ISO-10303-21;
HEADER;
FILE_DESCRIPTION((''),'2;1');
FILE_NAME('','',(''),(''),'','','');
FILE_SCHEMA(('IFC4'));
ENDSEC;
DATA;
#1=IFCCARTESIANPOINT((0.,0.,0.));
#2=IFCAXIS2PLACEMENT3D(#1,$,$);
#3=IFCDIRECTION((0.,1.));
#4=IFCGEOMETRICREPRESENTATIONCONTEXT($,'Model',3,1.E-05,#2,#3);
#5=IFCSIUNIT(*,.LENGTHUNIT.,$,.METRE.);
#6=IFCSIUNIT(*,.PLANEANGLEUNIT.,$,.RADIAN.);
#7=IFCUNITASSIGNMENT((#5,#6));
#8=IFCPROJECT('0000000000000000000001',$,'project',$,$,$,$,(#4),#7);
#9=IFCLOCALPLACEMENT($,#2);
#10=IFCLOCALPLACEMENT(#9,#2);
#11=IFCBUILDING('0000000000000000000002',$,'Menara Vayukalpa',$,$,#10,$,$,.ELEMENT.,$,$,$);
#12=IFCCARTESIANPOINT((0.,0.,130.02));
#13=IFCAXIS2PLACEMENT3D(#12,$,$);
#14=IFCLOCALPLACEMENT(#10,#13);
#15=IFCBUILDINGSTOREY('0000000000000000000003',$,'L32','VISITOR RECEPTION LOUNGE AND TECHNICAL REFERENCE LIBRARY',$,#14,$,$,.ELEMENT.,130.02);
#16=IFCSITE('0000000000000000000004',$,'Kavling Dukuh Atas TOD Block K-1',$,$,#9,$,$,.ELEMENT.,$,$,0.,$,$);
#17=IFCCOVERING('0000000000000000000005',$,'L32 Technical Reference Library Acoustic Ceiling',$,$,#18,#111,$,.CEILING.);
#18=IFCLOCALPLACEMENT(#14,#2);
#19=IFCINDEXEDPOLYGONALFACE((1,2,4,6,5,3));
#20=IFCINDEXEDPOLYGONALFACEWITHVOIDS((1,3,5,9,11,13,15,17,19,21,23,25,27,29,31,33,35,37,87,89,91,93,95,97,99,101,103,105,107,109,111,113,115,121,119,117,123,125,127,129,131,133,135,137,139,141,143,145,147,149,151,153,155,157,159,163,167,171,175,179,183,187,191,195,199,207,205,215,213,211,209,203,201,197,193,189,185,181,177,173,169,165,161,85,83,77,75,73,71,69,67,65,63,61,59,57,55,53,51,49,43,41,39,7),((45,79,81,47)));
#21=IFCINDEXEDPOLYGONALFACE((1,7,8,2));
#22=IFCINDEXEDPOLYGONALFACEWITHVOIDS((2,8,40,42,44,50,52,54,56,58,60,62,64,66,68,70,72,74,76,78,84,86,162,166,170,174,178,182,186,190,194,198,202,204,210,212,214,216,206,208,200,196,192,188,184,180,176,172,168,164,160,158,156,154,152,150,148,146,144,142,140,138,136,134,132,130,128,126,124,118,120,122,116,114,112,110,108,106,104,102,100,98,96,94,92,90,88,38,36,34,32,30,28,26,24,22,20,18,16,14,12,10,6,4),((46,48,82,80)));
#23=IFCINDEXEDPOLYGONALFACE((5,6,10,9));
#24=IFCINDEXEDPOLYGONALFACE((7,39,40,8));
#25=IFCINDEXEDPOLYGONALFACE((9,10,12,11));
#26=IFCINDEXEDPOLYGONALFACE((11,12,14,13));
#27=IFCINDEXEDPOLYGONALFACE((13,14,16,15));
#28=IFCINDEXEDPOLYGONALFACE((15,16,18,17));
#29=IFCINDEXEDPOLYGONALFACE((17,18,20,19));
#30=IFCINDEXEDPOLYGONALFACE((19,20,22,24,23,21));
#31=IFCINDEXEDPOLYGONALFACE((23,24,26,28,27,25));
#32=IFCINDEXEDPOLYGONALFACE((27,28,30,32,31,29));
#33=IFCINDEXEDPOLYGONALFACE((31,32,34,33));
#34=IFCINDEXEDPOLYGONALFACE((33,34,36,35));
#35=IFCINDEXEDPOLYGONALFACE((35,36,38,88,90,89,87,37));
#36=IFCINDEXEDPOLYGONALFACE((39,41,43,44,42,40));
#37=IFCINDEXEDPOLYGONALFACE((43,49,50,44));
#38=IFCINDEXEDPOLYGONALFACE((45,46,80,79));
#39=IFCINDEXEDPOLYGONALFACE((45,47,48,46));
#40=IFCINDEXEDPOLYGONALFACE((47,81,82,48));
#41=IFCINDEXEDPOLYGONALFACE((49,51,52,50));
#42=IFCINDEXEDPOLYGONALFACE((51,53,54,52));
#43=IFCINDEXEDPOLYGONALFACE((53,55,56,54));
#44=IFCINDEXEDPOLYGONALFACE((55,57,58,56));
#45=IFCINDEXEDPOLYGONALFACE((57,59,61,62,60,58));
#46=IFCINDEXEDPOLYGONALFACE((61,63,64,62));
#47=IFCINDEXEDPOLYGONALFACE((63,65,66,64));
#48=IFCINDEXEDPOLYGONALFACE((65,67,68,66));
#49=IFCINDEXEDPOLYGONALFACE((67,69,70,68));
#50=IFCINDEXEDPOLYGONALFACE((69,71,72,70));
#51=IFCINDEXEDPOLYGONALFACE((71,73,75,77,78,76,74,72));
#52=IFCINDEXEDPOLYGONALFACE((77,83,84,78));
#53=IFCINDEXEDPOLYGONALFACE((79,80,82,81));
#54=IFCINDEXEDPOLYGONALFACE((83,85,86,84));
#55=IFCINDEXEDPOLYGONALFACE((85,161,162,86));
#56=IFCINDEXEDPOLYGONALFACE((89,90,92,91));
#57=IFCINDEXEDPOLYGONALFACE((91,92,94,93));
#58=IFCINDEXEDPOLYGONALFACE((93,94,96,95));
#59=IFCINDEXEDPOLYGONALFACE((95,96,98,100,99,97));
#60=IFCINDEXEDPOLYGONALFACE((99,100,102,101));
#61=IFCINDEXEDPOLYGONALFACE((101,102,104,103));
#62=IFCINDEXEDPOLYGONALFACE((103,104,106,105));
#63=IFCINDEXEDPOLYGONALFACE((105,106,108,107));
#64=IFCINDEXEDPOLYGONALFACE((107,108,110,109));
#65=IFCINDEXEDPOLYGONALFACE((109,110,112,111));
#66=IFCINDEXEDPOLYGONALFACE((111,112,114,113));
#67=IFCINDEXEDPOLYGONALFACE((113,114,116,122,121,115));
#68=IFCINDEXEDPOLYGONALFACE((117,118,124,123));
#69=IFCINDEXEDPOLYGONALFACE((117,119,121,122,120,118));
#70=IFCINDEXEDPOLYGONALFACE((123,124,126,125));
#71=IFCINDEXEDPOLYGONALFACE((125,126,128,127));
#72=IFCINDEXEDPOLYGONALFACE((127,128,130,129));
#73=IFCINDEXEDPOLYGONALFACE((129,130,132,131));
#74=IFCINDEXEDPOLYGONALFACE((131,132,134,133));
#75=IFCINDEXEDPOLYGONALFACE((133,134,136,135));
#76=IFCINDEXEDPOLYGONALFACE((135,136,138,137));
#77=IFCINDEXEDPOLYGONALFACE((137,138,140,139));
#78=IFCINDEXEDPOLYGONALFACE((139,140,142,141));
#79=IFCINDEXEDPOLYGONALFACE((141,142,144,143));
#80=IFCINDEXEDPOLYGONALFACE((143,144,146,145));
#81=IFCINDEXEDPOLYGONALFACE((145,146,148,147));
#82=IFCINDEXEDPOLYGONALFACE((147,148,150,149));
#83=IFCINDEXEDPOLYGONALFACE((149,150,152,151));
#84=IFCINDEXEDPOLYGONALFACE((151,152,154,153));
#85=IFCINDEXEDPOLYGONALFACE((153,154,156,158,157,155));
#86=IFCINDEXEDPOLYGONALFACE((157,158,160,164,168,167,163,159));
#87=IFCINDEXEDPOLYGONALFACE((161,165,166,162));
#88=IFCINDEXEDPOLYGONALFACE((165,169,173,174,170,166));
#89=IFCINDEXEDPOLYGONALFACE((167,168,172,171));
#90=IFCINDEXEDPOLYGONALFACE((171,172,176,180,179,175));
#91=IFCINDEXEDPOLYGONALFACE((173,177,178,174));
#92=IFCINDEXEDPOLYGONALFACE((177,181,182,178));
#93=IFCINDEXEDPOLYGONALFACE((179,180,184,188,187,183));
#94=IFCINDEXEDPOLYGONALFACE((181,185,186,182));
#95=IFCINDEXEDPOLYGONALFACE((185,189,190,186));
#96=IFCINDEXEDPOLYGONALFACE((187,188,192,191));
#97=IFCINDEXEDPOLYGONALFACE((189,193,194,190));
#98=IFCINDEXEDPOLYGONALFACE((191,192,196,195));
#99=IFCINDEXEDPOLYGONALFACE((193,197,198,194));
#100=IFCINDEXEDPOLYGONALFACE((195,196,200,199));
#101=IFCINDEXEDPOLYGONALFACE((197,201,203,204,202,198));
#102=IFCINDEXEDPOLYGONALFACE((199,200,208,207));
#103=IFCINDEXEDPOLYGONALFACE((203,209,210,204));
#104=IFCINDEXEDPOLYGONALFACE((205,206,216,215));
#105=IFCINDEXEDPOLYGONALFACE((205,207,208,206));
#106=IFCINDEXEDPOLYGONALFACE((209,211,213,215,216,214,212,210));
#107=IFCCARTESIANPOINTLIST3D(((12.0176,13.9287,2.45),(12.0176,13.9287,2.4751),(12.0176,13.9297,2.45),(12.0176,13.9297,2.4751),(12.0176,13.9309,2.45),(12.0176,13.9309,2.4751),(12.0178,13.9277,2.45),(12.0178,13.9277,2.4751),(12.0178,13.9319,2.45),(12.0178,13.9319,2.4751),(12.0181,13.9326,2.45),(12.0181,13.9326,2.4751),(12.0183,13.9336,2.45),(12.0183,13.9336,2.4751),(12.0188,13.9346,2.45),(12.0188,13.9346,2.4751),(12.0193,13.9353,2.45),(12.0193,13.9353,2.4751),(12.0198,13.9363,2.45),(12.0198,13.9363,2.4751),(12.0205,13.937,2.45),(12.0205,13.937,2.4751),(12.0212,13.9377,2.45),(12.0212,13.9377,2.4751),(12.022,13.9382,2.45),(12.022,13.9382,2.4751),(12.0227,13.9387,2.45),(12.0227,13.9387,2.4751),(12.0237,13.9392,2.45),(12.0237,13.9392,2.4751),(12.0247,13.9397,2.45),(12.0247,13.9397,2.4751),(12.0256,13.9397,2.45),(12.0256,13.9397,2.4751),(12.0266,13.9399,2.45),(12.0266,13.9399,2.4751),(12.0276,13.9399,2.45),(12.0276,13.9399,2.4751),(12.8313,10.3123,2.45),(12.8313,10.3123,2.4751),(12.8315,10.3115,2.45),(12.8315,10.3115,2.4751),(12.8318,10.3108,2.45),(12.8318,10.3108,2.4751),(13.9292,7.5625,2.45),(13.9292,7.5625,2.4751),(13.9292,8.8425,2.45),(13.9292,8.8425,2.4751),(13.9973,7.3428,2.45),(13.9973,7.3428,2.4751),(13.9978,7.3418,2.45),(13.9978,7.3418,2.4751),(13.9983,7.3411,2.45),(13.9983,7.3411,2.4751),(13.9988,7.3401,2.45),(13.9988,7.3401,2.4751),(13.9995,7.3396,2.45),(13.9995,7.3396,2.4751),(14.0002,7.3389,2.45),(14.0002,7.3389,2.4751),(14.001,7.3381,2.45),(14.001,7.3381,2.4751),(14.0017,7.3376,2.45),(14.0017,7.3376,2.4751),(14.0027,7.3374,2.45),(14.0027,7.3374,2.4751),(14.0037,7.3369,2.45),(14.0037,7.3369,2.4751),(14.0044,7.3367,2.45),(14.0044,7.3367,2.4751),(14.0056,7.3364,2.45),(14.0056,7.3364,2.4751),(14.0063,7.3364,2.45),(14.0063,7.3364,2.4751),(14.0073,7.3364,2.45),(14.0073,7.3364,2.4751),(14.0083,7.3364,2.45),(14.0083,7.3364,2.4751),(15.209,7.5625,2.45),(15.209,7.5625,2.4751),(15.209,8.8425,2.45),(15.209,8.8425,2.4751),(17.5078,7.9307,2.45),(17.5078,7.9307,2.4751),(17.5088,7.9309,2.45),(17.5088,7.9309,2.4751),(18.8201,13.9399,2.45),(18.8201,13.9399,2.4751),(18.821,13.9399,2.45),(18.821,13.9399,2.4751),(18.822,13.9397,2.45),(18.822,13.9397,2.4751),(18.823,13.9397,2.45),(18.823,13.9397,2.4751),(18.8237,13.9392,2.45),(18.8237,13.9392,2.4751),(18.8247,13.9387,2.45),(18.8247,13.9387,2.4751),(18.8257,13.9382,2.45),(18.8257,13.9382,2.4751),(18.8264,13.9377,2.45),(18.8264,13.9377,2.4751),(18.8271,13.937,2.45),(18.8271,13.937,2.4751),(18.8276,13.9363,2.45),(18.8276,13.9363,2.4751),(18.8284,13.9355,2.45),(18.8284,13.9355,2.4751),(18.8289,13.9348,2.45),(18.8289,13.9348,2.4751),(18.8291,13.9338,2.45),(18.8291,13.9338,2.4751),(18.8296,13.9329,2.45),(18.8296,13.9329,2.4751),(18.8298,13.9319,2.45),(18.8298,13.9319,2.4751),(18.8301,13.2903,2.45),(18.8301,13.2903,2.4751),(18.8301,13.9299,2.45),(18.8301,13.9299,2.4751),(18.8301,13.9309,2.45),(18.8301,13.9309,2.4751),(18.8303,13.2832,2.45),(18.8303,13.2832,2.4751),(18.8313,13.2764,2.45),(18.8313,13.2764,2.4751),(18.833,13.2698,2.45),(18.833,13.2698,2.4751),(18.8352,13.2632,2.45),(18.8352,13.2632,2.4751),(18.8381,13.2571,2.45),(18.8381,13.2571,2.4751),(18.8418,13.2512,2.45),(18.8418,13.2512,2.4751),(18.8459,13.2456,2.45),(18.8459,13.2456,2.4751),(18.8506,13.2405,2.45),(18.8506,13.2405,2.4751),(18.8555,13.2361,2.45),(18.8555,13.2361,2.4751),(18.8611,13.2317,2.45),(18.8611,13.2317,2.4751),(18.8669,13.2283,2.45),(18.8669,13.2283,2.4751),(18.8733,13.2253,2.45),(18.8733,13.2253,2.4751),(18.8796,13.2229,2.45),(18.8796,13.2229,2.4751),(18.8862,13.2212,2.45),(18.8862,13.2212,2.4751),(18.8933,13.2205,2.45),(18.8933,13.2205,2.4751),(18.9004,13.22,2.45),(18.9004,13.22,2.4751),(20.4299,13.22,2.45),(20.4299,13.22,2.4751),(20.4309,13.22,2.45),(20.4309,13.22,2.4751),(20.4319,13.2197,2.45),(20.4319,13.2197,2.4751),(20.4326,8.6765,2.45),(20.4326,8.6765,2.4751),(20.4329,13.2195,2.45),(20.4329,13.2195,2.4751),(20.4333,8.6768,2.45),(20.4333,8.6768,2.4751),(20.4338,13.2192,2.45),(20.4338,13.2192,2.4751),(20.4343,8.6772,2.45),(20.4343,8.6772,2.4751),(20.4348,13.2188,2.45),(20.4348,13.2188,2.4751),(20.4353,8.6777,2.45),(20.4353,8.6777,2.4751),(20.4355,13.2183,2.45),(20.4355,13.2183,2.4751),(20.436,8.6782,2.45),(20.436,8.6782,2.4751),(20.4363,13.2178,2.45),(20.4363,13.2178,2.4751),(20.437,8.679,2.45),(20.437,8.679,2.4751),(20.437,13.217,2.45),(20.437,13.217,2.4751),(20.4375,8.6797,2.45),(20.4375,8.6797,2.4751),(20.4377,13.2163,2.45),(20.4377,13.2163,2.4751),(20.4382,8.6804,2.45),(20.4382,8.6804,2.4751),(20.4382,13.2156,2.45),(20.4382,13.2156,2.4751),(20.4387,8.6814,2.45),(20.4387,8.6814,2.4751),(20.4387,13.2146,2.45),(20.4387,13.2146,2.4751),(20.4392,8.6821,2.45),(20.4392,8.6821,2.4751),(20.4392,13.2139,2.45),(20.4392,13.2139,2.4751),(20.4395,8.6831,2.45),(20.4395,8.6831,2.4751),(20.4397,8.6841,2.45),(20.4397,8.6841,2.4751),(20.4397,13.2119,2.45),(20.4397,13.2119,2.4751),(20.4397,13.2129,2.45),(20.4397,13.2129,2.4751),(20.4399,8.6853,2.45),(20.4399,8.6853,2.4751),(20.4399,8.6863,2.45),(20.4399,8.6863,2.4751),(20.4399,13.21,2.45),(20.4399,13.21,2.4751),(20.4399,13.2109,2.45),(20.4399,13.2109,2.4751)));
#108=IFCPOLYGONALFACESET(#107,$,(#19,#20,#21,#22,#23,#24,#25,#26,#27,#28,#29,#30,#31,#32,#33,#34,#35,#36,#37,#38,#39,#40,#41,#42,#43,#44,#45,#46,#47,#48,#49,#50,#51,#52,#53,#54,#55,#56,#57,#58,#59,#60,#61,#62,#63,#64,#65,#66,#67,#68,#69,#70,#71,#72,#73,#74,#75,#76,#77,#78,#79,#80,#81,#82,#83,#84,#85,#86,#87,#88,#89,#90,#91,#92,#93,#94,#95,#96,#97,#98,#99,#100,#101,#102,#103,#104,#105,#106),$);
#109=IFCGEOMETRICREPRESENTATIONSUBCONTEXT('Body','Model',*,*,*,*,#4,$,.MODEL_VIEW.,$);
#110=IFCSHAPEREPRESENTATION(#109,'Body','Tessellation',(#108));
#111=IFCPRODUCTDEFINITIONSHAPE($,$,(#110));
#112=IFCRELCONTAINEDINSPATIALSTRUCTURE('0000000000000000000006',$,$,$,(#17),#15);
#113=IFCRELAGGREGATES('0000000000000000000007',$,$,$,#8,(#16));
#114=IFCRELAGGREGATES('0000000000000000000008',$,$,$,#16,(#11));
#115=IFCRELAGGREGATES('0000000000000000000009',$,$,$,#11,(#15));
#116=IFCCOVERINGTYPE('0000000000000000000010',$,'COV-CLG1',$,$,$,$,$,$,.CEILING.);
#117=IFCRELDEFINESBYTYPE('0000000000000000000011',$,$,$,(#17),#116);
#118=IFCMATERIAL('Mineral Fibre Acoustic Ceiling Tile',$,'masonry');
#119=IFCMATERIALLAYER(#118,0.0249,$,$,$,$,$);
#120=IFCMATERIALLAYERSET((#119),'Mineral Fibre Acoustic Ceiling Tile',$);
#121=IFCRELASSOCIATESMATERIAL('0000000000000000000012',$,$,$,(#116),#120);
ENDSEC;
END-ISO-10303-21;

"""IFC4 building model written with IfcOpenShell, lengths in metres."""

from ifc_helpers import new_model, si_unit, direction, frame, origin, place, context, subcontext, project, spatial, polyline, outline, extrude, material, layer, layer_set, type_object, element, save


model = new_model("IFC4")

# Units and contexts
model_context = context("Model", 3, precision=1e-05, world=origin(), true_north=direction((0.0, 1.0)))
body_context = subcontext(model_context, "Body", "Model", "MODEL_VIEW")
ifc_project = project(units=[si_unit("LENGTHUNIT", "METRE"), si_unit("PLANEANGLEUNIT", "RADIAN")], contexts=[model_context])

# Site, building, storey
site_placement = place(None, origin())
site = spatial("IfcSite", under=ifc_project, at=site_placement, Name="Kavling Dukuh Atas TOD Block K-1", CompositionType="ELEMENT", RefElevation=0.0)
building_placement = place(site_placement, origin())
building = spatial("IfcBuilding", under=site, at=building_placement, Name="Menara Vayukalpa", CompositionType="ELEMENT")
storey_placement = place(building_placement, frame((0.0, 0.0, 130.02)))
storey = spatial("IfcBuildingStorey", under=building, at=storey_placement, Name="L32", Description="VISITOR RECEPTION LOUNGE AND TECHNICAL REFERENCE LIBRARY", CompositionType="ELEMENT", Elevation=130.02)

# Covering
ifc_material_1 = material(Name="Mineral Fibre Acoustic Ceiling Tile", Category="masonry")
ifc_layer_1 = layer(ifc_material_1, 0.0249)
ifc_layer_set_1 = layer_set([ifc_layer_1], Name="Mineral Fibre Acoustic Ceiling Tile")
covering_type_1 = type_object("IfcCoveringType", Name="COV-CLG1", PredefinedType="CEILING", material=ifc_layer_set_1)
covering_1_placement = place(storey_placement, frame((0.0, 0.0, 2.45)))
element("IfcCovering", 1, at=covering_1_placement, inside=storey, type_object=covering_type_1, Name="L32 Technical Reference Library Acoustic Ceiling", PredefinedType="CEILING", context=body_context, shape_type="SweptSolid", body=[
    extrude(outline(polyline([(14.0083, 7.3364), (14.0073, 7.3364), (14.0063, 7.3364), (14.0056, 7.3364), (14.0044, 7.3367), (14.0037, 7.3369), (14.0027, 7.3374), (14.0017, 7.3376), (14.001, 7.3381), (14.0002, 7.3389), (13.9995, 7.3396), (13.9988, 7.3401), (13.9983, 7.3411), (13.9978, 7.3418), (13.9973, 7.3428), (12.8318, 10.3108), (12.8315, 10.3115), (12.8313, 10.3123), (12.0178, 13.9277), (12.0176, 13.9287), (12.0176, 13.9297), (12.0176, 13.9309), (12.0178, 13.9319), (12.0181, 13.9326), (12.0183, 13.9336), (12.0188, 13.9346), (12.0193, 13.9353), (12.0198, 13.9363), (12.0205, 13.937), (12.0212, 13.9377), (12.022, 13.9382), (12.0227, 13.9387), (12.0237, 13.9392), (12.0247, 13.9397), (12.0256, 13.9397), (12.0266, 13.9399), (12.0276, 13.9399), (18.8201, 13.9399), (18.821, 13.9399), (18.822, 13.9397), (18.823, 13.9397), (18.8237, 13.9392), (18.8247, 13.9387), (18.8257, 13.9382), (18.8264, 13.9377), (18.8271, 13.937), (18.8276, 13.9363), (18.8284, 13.9355), (18.8289, 13.9348), (18.8291, 13.9338), (18.8296, 13.9329), (18.8298, 13.9319), (18.8301, 13.9309), (18.8301, 13.9299), (18.8301, 13.2903), (18.8303, 13.2832), (18.8313, 13.2764), (18.833, 13.2698), (18.8352, 13.2632), (18.8381, 13.2571), (18.8418, 13.2512), (18.8459, 13.2456), (18.8506, 13.2405), (18.8555, 13.2361), (18.8611, 13.2317), (18.8669, 13.2283), (18.8733, 13.2253), (18.8796, 13.2229), (18.8862, 13.2212), (18.8933, 13.2205), (18.9004, 13.22), (20.4299, 13.22), (20.4309, 13.22), (20.4319, 13.2197), (20.4329, 13.2195), (20.4338, 13.2192), (20.4348, 13.2188), (20.4355, 13.2183), (20.4363, 13.2178), (20.437, 13.217), (20.4377, 13.2163), (20.4382, 13.2156), (20.4387, 13.2146), (20.4392, 13.2139), (20.4397, 13.2129), (20.4397, 13.2119), (20.4399, 13.2109), (20.4399, 13.21), (20.4399, 8.6863), (20.4399, 8.6853), (20.4397, 8.6841), (20.4395, 8.6831), (20.4392, 8.6821), (20.4387, 8.6814), (20.4382, 8.6804), (20.4375, 8.6797), (20.437, 8.679), (20.436, 8.6782), (20.4353, 8.6777), (20.4343, 8.6772), (20.4333, 8.6768), (20.4326, 8.6765), (17.5088, 7.9309), (17.5078, 7.9307), (14.0083, 7.3364)]), holes=[polyline([(15.209, 8.8425), (13.9292, 8.8425), (13.9292, 7.5625), (15.209, 7.5625), (15.209, 8.8425)])]), origin(), (0.0, 0.0, 1.0), 0.0251),
])

save(model, "model.ifc")
